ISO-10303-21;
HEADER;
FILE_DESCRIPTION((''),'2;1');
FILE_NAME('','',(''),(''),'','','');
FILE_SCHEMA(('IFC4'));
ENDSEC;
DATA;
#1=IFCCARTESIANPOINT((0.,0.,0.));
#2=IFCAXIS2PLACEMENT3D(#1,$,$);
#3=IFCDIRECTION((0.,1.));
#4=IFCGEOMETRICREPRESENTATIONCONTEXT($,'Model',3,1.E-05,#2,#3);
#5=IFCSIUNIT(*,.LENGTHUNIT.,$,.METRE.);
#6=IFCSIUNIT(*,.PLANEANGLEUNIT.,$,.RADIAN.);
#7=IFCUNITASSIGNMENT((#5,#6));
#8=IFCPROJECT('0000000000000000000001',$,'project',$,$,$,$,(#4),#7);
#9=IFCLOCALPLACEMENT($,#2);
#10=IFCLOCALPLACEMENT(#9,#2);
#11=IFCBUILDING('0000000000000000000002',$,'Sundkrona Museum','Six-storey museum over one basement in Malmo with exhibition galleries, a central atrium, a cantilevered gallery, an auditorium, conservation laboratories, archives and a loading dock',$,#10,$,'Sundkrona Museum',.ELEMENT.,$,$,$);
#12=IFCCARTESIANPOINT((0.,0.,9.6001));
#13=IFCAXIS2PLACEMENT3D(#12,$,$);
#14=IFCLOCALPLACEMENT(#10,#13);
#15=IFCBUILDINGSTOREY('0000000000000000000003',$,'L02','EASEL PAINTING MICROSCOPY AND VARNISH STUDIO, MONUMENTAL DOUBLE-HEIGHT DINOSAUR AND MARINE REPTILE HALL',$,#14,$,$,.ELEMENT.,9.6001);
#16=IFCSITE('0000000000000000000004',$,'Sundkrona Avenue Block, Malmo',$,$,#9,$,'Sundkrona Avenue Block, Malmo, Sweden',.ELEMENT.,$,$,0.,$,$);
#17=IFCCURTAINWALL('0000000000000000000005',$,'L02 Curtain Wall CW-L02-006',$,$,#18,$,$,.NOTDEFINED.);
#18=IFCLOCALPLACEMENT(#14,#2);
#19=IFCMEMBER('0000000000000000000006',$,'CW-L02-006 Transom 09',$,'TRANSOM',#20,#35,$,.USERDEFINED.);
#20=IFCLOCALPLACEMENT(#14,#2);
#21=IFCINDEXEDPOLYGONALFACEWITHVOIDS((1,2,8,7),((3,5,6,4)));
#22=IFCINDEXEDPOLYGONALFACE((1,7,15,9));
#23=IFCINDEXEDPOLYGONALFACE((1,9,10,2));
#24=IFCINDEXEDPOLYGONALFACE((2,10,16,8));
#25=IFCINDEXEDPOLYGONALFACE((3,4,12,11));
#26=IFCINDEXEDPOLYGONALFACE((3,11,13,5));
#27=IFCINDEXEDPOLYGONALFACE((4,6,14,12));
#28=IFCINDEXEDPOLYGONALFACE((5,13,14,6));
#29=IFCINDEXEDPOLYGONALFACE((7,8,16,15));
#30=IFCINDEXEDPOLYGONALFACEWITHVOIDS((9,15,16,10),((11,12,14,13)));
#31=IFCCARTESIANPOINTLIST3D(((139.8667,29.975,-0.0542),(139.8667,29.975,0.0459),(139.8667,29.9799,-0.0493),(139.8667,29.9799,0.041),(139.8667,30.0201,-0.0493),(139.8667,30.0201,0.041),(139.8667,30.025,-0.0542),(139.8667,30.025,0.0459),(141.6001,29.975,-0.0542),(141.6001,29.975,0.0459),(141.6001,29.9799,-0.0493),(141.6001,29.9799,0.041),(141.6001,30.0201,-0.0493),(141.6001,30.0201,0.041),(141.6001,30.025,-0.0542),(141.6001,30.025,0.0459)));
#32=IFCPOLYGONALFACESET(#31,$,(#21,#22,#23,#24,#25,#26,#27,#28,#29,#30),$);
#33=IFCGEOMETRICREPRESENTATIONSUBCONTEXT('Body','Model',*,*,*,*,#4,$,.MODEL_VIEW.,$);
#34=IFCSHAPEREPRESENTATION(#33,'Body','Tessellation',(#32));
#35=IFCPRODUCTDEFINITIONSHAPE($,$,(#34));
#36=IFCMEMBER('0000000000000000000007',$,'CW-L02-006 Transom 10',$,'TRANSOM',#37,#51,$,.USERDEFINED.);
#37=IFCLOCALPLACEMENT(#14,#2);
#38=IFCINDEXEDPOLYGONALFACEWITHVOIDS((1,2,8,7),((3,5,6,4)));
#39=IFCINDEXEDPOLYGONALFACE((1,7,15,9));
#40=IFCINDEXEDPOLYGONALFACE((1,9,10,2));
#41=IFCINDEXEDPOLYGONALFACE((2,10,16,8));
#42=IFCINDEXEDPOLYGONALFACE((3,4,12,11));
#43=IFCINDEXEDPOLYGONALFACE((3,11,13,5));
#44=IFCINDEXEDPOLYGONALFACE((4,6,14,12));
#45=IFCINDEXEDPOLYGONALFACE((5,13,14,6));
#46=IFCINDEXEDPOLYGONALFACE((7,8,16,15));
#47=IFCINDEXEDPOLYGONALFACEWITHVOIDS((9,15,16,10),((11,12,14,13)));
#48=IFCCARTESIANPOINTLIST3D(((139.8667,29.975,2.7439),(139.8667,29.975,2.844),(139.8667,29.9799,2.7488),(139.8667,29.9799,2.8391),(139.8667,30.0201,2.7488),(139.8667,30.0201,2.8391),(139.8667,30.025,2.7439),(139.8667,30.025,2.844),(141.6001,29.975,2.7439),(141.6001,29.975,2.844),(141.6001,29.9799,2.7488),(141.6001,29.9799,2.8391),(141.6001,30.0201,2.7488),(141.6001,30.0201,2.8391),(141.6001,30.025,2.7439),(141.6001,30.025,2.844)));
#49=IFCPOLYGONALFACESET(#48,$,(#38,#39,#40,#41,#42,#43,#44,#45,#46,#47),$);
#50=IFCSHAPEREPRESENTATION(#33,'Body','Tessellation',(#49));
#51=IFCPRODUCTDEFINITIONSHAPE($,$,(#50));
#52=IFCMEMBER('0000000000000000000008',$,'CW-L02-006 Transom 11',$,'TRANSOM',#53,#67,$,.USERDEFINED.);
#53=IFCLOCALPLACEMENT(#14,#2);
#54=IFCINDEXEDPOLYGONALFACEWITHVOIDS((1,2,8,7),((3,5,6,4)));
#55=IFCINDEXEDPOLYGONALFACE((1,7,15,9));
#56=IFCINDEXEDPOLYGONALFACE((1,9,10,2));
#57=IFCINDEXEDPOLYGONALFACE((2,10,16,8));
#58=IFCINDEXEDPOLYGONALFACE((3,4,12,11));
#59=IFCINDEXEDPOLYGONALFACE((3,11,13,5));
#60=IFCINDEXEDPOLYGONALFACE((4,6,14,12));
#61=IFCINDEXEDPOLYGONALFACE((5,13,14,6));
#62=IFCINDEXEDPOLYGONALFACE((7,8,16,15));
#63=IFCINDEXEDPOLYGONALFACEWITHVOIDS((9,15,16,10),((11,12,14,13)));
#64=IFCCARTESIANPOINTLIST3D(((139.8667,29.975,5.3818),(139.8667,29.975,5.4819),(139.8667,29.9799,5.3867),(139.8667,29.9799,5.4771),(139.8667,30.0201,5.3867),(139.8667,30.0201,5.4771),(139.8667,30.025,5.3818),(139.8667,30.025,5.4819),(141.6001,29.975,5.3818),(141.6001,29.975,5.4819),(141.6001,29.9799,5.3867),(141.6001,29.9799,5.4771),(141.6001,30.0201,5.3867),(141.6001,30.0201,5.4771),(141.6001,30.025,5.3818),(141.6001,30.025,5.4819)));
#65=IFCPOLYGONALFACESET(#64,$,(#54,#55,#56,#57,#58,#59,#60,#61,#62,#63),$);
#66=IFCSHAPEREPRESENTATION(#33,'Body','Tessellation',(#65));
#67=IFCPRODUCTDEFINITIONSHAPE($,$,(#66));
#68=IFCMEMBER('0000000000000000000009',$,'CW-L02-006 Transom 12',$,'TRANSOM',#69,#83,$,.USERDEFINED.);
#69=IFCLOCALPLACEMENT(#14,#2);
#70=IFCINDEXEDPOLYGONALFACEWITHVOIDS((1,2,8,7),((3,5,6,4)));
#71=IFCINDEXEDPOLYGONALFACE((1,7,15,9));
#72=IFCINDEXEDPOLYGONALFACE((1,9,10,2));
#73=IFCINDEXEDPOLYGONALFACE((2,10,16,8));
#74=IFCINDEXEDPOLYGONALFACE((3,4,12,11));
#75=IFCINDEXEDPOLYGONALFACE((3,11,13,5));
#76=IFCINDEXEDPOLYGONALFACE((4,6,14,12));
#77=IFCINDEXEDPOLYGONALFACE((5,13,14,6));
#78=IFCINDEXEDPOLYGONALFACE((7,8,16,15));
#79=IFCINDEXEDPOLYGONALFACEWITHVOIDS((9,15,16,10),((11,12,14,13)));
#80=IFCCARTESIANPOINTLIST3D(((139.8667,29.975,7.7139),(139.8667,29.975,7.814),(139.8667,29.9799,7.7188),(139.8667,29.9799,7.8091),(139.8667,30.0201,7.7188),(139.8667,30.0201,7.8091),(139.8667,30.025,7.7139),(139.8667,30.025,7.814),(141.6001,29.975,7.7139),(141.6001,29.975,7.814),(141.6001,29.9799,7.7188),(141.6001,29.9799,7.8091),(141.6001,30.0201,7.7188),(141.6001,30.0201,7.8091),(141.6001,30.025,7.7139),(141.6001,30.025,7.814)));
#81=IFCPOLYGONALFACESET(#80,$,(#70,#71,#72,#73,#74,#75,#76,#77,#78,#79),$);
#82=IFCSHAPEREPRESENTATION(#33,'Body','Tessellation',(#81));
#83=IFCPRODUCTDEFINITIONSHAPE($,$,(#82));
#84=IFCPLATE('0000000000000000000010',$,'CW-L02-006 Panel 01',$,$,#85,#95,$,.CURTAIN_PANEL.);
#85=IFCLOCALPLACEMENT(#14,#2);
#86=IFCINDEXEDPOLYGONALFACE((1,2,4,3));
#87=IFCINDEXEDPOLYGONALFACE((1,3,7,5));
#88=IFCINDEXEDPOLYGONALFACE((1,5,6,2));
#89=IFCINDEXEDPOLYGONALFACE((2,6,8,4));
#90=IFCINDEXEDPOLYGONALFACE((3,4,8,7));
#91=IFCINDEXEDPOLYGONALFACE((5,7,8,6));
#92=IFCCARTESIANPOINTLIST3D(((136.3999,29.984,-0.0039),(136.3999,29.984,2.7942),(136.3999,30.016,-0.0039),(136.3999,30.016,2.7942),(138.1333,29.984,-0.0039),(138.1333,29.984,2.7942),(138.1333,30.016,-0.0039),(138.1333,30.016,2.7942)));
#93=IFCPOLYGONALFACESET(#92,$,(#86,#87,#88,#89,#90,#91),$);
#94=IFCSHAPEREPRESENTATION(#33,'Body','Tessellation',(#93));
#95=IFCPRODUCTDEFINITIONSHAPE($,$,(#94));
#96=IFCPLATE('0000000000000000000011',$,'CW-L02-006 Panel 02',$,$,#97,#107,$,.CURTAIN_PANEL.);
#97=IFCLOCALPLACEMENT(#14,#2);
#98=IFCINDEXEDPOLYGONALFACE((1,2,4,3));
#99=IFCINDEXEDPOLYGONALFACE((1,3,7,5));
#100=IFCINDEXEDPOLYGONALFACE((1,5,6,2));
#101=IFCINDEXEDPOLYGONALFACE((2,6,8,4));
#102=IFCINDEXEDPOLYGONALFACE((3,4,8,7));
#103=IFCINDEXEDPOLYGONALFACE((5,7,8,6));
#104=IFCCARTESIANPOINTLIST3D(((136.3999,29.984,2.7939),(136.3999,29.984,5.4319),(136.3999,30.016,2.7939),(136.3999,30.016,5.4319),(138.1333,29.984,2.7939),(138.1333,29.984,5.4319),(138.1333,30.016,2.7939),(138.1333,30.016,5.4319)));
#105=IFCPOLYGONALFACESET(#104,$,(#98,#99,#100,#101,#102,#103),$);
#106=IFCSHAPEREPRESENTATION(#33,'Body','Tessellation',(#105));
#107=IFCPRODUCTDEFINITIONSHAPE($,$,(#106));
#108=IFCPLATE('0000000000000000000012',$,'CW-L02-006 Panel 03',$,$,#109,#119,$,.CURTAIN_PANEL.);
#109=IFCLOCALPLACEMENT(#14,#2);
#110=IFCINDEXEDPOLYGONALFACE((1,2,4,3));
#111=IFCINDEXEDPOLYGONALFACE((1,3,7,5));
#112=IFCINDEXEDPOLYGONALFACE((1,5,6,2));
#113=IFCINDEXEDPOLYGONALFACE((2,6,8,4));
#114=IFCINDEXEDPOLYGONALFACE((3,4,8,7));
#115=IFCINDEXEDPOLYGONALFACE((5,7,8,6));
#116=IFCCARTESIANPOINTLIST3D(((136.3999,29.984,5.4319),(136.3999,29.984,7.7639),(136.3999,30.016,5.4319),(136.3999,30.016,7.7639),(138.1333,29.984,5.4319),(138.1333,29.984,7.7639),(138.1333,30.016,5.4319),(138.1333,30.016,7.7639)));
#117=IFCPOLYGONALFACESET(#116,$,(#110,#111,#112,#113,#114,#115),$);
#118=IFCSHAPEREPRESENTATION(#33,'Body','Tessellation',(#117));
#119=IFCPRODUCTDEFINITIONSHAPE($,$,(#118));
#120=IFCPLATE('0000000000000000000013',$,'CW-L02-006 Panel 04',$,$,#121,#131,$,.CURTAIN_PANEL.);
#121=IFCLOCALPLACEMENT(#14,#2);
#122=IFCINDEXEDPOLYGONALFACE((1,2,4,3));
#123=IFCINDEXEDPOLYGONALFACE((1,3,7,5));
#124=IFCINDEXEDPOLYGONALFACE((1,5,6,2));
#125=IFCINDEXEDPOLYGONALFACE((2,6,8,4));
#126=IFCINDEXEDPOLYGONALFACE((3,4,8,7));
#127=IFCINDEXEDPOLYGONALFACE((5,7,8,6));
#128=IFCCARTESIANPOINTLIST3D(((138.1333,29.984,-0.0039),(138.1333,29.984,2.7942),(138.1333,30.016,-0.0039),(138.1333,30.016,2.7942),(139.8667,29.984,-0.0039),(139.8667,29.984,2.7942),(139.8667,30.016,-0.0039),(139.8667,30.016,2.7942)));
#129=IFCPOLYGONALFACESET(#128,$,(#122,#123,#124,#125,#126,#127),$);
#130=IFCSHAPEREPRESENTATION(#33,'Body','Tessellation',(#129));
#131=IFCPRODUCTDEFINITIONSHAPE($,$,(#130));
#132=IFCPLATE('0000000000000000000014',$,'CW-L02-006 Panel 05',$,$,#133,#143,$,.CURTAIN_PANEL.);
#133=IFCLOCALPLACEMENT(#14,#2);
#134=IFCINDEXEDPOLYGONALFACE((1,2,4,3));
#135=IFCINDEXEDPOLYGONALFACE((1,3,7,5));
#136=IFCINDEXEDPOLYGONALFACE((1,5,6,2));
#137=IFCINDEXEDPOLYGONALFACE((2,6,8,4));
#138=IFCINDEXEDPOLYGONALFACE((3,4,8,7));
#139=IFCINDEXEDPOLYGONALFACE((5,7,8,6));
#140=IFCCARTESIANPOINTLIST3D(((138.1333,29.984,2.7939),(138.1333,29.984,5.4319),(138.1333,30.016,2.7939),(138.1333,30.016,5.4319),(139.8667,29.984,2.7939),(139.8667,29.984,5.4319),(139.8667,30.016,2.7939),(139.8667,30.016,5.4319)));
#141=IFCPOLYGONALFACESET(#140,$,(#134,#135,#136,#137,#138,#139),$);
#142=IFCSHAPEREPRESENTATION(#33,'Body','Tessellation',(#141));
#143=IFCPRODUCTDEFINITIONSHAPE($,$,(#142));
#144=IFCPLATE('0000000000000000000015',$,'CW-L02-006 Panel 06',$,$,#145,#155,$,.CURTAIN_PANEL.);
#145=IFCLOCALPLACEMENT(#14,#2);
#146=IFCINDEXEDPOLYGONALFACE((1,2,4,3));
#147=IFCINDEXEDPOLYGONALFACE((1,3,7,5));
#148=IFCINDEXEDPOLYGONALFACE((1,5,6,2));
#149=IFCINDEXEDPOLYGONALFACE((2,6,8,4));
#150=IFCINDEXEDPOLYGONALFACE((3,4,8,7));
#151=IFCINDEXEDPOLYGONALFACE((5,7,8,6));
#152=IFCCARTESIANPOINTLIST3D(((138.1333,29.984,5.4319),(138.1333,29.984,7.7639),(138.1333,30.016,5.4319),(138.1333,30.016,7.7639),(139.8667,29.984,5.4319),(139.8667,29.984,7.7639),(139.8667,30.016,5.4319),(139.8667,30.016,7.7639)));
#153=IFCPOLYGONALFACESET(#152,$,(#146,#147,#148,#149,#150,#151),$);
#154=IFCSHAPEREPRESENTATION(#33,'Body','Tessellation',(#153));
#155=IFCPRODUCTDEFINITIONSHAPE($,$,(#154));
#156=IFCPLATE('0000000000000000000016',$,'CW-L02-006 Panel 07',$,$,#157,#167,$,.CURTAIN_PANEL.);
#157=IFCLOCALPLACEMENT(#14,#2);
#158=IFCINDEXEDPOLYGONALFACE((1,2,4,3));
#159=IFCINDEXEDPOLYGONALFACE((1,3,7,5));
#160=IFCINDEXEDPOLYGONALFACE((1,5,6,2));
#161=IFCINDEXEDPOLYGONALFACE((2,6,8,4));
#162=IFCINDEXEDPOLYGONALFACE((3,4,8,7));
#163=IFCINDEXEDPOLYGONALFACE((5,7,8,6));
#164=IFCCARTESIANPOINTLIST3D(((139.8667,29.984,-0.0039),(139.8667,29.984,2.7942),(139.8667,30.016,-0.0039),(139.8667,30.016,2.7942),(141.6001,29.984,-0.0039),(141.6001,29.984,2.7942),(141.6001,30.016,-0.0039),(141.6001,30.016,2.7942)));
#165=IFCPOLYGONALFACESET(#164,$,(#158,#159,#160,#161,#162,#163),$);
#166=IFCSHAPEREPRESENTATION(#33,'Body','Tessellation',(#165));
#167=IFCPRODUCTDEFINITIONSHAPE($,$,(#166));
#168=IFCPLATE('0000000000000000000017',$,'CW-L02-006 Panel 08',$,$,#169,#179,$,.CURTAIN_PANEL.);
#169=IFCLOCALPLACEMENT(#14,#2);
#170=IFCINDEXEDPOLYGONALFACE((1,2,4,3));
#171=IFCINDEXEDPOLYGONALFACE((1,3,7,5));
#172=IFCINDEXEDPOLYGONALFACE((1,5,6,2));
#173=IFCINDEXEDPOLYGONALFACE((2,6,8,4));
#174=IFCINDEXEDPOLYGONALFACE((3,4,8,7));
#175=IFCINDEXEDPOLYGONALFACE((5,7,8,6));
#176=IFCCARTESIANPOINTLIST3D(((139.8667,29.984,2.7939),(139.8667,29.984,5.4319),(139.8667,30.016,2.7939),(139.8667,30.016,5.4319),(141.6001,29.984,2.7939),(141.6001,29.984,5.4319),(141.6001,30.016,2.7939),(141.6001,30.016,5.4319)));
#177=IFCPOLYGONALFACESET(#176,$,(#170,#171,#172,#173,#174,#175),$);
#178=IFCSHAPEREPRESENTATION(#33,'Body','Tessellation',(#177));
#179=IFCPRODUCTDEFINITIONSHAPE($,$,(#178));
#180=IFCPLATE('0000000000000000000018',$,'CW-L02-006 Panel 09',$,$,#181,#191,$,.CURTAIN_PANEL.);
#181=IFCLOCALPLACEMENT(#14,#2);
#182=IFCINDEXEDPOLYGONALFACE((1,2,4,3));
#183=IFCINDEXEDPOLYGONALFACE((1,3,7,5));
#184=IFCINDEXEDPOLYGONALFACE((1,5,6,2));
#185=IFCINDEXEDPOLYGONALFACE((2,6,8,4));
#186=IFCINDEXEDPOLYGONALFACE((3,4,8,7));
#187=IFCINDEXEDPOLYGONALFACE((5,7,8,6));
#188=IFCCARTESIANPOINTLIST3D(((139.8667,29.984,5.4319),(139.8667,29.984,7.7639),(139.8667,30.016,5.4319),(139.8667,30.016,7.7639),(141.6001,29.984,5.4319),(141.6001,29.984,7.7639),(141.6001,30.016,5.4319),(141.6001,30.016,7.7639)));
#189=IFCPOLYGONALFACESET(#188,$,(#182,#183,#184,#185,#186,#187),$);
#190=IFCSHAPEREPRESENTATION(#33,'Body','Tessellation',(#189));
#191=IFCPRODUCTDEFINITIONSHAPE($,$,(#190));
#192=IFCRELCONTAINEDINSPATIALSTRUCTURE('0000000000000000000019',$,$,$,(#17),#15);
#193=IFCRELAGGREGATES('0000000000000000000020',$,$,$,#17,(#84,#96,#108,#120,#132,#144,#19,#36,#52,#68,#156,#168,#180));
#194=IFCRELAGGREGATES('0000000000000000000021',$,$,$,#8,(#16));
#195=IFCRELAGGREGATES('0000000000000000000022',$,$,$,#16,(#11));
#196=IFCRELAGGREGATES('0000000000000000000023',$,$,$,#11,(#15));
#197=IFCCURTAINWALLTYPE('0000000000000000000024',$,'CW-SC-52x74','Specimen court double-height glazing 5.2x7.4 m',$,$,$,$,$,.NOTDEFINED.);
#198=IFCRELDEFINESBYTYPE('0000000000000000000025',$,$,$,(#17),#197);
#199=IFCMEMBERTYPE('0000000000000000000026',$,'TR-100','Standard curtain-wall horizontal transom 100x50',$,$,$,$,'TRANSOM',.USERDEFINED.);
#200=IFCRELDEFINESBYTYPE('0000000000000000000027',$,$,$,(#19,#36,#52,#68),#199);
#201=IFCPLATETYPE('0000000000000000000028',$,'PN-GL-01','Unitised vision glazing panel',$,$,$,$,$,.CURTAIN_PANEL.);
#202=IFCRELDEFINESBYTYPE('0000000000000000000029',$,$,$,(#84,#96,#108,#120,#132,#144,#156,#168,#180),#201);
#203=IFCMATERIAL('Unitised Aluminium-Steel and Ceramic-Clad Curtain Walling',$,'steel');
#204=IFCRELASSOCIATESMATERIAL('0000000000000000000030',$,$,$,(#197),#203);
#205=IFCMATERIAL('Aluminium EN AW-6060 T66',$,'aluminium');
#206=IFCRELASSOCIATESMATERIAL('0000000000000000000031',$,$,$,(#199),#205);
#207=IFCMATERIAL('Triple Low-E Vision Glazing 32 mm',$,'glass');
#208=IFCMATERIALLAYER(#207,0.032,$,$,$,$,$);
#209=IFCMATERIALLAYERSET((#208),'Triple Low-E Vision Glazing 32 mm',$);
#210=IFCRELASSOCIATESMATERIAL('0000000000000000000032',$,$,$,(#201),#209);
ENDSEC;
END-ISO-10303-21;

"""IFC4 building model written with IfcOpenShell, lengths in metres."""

from ifc_helpers import new_model, si_unit, direction, frame, origin, origin_2d, place, context, subcontext, project, spatial, rectangle, hollow_rectangle, extrude, material, layer, layer_set, material_profile, profile_set, type_object, element, aggregate, save


model = new_model("IFC4")

# Units and contexts
model_context = context("Model", 3, precision=1e-05, world=origin(), true_north=direction((0.0, 1.0)))
body_context = subcontext(model_context, "Body", "Model", "MODEL_VIEW")
ifc_project = project(units=[si_unit("LENGTHUNIT", "METRE"), si_unit("PLANEANGLEUNIT", "RADIAN")], contexts=[model_context])

# Site, building, storey
site_placement = place(None, origin())
site = spatial("IfcSite", under=ifc_project, at=site_placement, Name="Sundkrona Avenue Block, Malmo", LongName="Sundkrona Avenue Block, Malmo, Sweden", CompositionType="ELEMENT", RefElevation=0.0)
building_placement = place(site_placement, origin())
building = spatial("IfcBuilding", under=site, at=building_placement, Name="Sundkrona Museum", Description="Six-storey museum over one basement in Malmo with exhibition galleries, a central atrium, a cantilevered gallery, an auditorium, conservation laboratories, archives and a loading dock", LongName="Sundkrona Museum", CompositionType="ELEMENT")
storey_placement = place(building_placement, frame((0.0, 0.0, 9.6001)))
storey = spatial("IfcBuildingStorey", under=building, at=storey_placement, Name="L02", Description="EASEL PAINTING MICROSCOPY AND VARNISH STUDIO, MONUMENTAL DOUBLE-HEIGHT DINOSAUR AND MARINE REPTILE HALL", CompositionType="ELEMENT", Elevation=9.6001)

# Curtain wall, members, plates
ifc_material_1 = material(Name="Unitised Aluminium-Steel and Ceramic-Clad Curtain Walling", Category="steel")
curtain_wall_type = type_object("IfcCurtainWallType", Name="CW-SC-52x74", Description="Specimen court double-height glazing 5.2x7.4 m", PredefinedType="NOTDEFINED", material=ifc_material_1)
curtain_wall_placement = place(storey_placement, origin())
curtain_wall = element("IfcCurtainWall", 1, at=curtain_wall_placement, inside=storey, type_object=curtain_wall_type, Name="L02 Curtain Wall CW-L02-006", PredefinedType="NOTDEFINED")
ifc_material_2 = material(Name="Aluminium EN AW-6060 T66", Category="aluminium")
ifc_material_profile_1 = material_profile(ifc_material_2, hollow_rectangle(XDim=0.05, YDim=0.1001, WallThickness=0.0049, at=origin_2d()), Name="RHS 100x50x5.0")
ifc_profile_set_1 = profile_set([ifc_material_profile_1], Name="Aluminium EN AW-6060 T66")
member_type_1 = type_object("IfcMemberType", Name="TR-100", Description="Standard curtain-wall horizontal transom 100x50", ElementType="TRANSOM", PredefinedType="USERDEFINED", material=ifc_profile_set_1)
member_1_placement = place(storey_placement, frame((139.8667, 30.0, -0.0042), z_axis=(1.0, 0.0, 0.0), x_axis=(0.0, 1.0, 0.0)))
member_1 = element("IfcMember", 2, at=member_1_placement, type_object=member_type_1, Name="CW-L02-006 Transom 09", ObjectType="TRANSOM", PredefinedType="USERDEFINED", context=body_context, shape_type="SweptSolid", body=[
    extrude(hollow_rectangle(XDim=0.05, YDim=0.1001, WallThickness=0.0049, at=origin_2d()), origin(), (0.0, 0.0, 1.0), 1.7334),
])
member_2_placement = place(storey_placement, frame((139.8667, 30.0, 2.7939), z_axis=(1.0, 0.0, 0.0), x_axis=(0.0, 1.0, 0.0)))
member_2 = element("IfcMember", 3, at=member_2_placement, type_object=member_type_1, Name="CW-L02-006 Transom 10", ObjectType="TRANSOM", PredefinedType="USERDEFINED", context=body_context, shape_type="SweptSolid", body=[
    extrude(hollow_rectangle(XDim=0.05, YDim=0.1001, WallThickness=0.0049, at=origin_2d()), origin(), (0.0, 0.0, 1.0), 1.7334),
])
member_3_placement = place(storey_placement, frame((139.8667, 30.0, 5.4319), z_axis=(1.0, 0.0, 0.0), x_axis=(0.0, 1.0, 0.0)))
member_3 = element("IfcMember", 4, at=member_3_placement, type_object=member_type_1, Name="CW-L02-006 Transom 11", ObjectType="TRANSOM", PredefinedType="USERDEFINED", context=body_context, shape_type="SweptSolid", body=[
    extrude(hollow_rectangle(XDim=0.05, YDim=0.1001, WallThickness=0.0049, at=origin_2d()), origin(), (0.0, 0.0, 1.0), 1.7334),
])
member_4_placement = place(storey_placement, frame((139.8667, 30.0, 7.7639), z_axis=(1.0, 0.0, 0.0), x_axis=(0.0, 1.0, 0.0)))
member_4 = element("IfcMember", 5, at=member_4_placement, type_object=member_type_1, Name="CW-L02-006 Transom 12", ObjectType="TRANSOM", PredefinedType="USERDEFINED", context=body_context, shape_type="SweptSolid", body=[
    extrude(hollow_rectangle(XDim=0.05, YDim=0.1001, WallThickness=0.0049, at=origin_2d()), origin(), (0.0, 0.0, 1.0), 1.7334),
])
ifc_material_3 = material(Name="Triple Low-E Vision Glazing 32 mm", Category="glass")
ifc_layer = layer(ifc_material_3, 0.032)
ifc_layer_set = layer_set([ifc_layer], Name="Triple Low-E Vision Glazing 32 mm")
plate_type = type_object("IfcPlateType", Name="PN-GL-01", Description="Unitised vision glazing panel", PredefinedType="CURTAIN_PANEL", material=ifc_layer_set)
plate_1_placement = place(storey_placement, frame((137.2666, 30.0, -0.0039), z_axis=(0.0, 0.0, 1.0), x_axis=(1.0, 0.0, 0.0)))
plate_1 = element("IfcPlate", 6, at=plate_1_placement, type_object=plate_type, Name="CW-L02-006 Panel 01", PredefinedType="CURTAIN_PANEL", context=body_context, shape_type="SweptSolid", body=[
    extrude(rectangle(XDim=1.7334, YDim=0.032, at=origin_2d()), origin(), (0.0, 0.0, 1.0), 2.7981),
])
plate_2_placement = place(storey_placement, frame((137.2666, 30.0, 2.7939), z_axis=(0.0, 0.0, 1.0), x_axis=(1.0, 0.0, 0.0)))
plate_2 = element("IfcPlate", 7, at=plate_2_placement, type_object=plate_type, Name="CW-L02-006 Panel 02", PredefinedType="CURTAIN_PANEL", context=body_context, shape_type="SweptSolid", body=[
    extrude(rectangle(XDim=1.7334, YDim=0.032, at=origin_2d()), origin(), (0.0, 0.0, 1.0), 2.6379),
])
plate_3_placement = place(storey_placement, frame((137.2666, 30.0, 5.4319), z_axis=(0.0, 0.0, 1.0), x_axis=(1.0, 0.0, 0.0)))
plate_3 = element("IfcPlate", 8, at=plate_3_placement, type_object=plate_type, Name="CW-L02-006 Panel 03", PredefinedType="CURTAIN_PANEL", context=body_context, shape_type="SweptSolid", body=[
    extrude(rectangle(XDim=1.7334, YDim=0.032, at=origin_2d()), origin(), (0.0, 0.0, 1.0), 2.332),
])
plate_4_placement = place(storey_placement, frame((139.0, 30.0, -0.0039), z_axis=(0.0, 0.0, 1.0), x_axis=(1.0, 0.0, 0.0)))
plate_4 = element("IfcPlate", 9, at=plate_4_placement, type_object=plate_type, Name="CW-L02-006 Panel 04", PredefinedType="CURTAIN_PANEL", context=body_context, shape_type="SweptSolid", body=[
    extrude(rectangle(XDim=1.7334, YDim=0.032, at=origin_2d()), origin(), (0.0, 0.0, 1.0), 2.7981),
])
plate_5_placement = place(storey_placement, frame((139.0, 30.0, 2.7939), z_axis=(0.0, 0.0, 1.0), x_axis=(1.0, 0.0, 0.0)))
plate_5 = element("IfcPlate", 10, at=plate_5_placement, type_object=plate_type, Name="CW-L02-006 Panel 05", PredefinedType="CURTAIN_PANEL", context=body_context, shape_type="SweptSolid", body=[
    extrude(rectangle(XDim=1.7334, YDim=0.032, at=origin_2d()), origin(), (0.0, 0.0, 1.0), 2.6379),
])
plate_6_placement = place(storey_placement, frame((139.0, 30.0, 5.4319), z_axis=(0.0, 0.0, 1.0), x_axis=(1.0, 0.0, 0.0)))
plate_6 = element("IfcPlate", 11, at=plate_6_placement, type_object=plate_type, Name="CW-L02-006 Panel 06", PredefinedType="CURTAIN_PANEL", context=body_context, shape_type="SweptSolid", body=[
    extrude(rectangle(XDim=1.7334, YDim=0.032, at=origin_2d()), origin(), (0.0, 0.0, 1.0), 2.332),
])
plate_7_placement = place(storey_placement, frame((140.7334, 30.0, -0.0039), z_axis=(0.0, 0.0, 1.0), x_axis=(1.0, 0.0, 0.0)))
plate_7 = element("IfcPlate", 12, at=plate_7_placement, type_object=plate_type, Name="CW-L02-006 Panel 07", PredefinedType="CURTAIN_PANEL", context=body_context, shape_type="SweptSolid", body=[
    extrude(rectangle(XDim=1.7334, YDim=0.032, at=origin_2d()), origin(), (0.0, 0.0, 1.0), 2.7981),
])
plate_8_placement = place(storey_placement, frame((140.7334, 30.0, 2.7939), z_axis=(0.0, 0.0, 1.0), x_axis=(1.0, 0.0, 0.0)))
plate_8 = element("IfcPlate", 13, at=plate_8_placement, type_object=plate_type, Name="CW-L02-006 Panel 08", PredefinedType="CURTAIN_PANEL", context=body_context, shape_type="SweptSolid", body=[
    extrude(rectangle(XDim=1.7334, YDim=0.032, at=origin_2d()), origin(), (0.0, 0.0, 1.0), 2.6379),
])
plate_9_placement = place(storey_placement, frame((140.7334, 30.0, 5.4319), z_axis=(0.0, 0.0, 1.0), x_axis=(1.0, 0.0, 0.0)))
plate_9 = element("IfcPlate", 14, at=plate_9_placement, type_object=plate_type, Name="CW-L02-006 Panel 09", PredefinedType="CURTAIN_PANEL", context=body_context, shape_type="SweptSolid", body=[
    extrude(rectangle(XDim=1.7334, YDim=0.032, at=origin_2d()), origin(), (0.0, 0.0, 1.0), 2.332),
])
aggregate(curtain_wall, [plate_1, plate_2, plate_3, plate_4, plate_5, plate_6, member_1, member_2, member_3, member_4, plate_7, plate_8, plate_9])

save(model, "model.ifc")
